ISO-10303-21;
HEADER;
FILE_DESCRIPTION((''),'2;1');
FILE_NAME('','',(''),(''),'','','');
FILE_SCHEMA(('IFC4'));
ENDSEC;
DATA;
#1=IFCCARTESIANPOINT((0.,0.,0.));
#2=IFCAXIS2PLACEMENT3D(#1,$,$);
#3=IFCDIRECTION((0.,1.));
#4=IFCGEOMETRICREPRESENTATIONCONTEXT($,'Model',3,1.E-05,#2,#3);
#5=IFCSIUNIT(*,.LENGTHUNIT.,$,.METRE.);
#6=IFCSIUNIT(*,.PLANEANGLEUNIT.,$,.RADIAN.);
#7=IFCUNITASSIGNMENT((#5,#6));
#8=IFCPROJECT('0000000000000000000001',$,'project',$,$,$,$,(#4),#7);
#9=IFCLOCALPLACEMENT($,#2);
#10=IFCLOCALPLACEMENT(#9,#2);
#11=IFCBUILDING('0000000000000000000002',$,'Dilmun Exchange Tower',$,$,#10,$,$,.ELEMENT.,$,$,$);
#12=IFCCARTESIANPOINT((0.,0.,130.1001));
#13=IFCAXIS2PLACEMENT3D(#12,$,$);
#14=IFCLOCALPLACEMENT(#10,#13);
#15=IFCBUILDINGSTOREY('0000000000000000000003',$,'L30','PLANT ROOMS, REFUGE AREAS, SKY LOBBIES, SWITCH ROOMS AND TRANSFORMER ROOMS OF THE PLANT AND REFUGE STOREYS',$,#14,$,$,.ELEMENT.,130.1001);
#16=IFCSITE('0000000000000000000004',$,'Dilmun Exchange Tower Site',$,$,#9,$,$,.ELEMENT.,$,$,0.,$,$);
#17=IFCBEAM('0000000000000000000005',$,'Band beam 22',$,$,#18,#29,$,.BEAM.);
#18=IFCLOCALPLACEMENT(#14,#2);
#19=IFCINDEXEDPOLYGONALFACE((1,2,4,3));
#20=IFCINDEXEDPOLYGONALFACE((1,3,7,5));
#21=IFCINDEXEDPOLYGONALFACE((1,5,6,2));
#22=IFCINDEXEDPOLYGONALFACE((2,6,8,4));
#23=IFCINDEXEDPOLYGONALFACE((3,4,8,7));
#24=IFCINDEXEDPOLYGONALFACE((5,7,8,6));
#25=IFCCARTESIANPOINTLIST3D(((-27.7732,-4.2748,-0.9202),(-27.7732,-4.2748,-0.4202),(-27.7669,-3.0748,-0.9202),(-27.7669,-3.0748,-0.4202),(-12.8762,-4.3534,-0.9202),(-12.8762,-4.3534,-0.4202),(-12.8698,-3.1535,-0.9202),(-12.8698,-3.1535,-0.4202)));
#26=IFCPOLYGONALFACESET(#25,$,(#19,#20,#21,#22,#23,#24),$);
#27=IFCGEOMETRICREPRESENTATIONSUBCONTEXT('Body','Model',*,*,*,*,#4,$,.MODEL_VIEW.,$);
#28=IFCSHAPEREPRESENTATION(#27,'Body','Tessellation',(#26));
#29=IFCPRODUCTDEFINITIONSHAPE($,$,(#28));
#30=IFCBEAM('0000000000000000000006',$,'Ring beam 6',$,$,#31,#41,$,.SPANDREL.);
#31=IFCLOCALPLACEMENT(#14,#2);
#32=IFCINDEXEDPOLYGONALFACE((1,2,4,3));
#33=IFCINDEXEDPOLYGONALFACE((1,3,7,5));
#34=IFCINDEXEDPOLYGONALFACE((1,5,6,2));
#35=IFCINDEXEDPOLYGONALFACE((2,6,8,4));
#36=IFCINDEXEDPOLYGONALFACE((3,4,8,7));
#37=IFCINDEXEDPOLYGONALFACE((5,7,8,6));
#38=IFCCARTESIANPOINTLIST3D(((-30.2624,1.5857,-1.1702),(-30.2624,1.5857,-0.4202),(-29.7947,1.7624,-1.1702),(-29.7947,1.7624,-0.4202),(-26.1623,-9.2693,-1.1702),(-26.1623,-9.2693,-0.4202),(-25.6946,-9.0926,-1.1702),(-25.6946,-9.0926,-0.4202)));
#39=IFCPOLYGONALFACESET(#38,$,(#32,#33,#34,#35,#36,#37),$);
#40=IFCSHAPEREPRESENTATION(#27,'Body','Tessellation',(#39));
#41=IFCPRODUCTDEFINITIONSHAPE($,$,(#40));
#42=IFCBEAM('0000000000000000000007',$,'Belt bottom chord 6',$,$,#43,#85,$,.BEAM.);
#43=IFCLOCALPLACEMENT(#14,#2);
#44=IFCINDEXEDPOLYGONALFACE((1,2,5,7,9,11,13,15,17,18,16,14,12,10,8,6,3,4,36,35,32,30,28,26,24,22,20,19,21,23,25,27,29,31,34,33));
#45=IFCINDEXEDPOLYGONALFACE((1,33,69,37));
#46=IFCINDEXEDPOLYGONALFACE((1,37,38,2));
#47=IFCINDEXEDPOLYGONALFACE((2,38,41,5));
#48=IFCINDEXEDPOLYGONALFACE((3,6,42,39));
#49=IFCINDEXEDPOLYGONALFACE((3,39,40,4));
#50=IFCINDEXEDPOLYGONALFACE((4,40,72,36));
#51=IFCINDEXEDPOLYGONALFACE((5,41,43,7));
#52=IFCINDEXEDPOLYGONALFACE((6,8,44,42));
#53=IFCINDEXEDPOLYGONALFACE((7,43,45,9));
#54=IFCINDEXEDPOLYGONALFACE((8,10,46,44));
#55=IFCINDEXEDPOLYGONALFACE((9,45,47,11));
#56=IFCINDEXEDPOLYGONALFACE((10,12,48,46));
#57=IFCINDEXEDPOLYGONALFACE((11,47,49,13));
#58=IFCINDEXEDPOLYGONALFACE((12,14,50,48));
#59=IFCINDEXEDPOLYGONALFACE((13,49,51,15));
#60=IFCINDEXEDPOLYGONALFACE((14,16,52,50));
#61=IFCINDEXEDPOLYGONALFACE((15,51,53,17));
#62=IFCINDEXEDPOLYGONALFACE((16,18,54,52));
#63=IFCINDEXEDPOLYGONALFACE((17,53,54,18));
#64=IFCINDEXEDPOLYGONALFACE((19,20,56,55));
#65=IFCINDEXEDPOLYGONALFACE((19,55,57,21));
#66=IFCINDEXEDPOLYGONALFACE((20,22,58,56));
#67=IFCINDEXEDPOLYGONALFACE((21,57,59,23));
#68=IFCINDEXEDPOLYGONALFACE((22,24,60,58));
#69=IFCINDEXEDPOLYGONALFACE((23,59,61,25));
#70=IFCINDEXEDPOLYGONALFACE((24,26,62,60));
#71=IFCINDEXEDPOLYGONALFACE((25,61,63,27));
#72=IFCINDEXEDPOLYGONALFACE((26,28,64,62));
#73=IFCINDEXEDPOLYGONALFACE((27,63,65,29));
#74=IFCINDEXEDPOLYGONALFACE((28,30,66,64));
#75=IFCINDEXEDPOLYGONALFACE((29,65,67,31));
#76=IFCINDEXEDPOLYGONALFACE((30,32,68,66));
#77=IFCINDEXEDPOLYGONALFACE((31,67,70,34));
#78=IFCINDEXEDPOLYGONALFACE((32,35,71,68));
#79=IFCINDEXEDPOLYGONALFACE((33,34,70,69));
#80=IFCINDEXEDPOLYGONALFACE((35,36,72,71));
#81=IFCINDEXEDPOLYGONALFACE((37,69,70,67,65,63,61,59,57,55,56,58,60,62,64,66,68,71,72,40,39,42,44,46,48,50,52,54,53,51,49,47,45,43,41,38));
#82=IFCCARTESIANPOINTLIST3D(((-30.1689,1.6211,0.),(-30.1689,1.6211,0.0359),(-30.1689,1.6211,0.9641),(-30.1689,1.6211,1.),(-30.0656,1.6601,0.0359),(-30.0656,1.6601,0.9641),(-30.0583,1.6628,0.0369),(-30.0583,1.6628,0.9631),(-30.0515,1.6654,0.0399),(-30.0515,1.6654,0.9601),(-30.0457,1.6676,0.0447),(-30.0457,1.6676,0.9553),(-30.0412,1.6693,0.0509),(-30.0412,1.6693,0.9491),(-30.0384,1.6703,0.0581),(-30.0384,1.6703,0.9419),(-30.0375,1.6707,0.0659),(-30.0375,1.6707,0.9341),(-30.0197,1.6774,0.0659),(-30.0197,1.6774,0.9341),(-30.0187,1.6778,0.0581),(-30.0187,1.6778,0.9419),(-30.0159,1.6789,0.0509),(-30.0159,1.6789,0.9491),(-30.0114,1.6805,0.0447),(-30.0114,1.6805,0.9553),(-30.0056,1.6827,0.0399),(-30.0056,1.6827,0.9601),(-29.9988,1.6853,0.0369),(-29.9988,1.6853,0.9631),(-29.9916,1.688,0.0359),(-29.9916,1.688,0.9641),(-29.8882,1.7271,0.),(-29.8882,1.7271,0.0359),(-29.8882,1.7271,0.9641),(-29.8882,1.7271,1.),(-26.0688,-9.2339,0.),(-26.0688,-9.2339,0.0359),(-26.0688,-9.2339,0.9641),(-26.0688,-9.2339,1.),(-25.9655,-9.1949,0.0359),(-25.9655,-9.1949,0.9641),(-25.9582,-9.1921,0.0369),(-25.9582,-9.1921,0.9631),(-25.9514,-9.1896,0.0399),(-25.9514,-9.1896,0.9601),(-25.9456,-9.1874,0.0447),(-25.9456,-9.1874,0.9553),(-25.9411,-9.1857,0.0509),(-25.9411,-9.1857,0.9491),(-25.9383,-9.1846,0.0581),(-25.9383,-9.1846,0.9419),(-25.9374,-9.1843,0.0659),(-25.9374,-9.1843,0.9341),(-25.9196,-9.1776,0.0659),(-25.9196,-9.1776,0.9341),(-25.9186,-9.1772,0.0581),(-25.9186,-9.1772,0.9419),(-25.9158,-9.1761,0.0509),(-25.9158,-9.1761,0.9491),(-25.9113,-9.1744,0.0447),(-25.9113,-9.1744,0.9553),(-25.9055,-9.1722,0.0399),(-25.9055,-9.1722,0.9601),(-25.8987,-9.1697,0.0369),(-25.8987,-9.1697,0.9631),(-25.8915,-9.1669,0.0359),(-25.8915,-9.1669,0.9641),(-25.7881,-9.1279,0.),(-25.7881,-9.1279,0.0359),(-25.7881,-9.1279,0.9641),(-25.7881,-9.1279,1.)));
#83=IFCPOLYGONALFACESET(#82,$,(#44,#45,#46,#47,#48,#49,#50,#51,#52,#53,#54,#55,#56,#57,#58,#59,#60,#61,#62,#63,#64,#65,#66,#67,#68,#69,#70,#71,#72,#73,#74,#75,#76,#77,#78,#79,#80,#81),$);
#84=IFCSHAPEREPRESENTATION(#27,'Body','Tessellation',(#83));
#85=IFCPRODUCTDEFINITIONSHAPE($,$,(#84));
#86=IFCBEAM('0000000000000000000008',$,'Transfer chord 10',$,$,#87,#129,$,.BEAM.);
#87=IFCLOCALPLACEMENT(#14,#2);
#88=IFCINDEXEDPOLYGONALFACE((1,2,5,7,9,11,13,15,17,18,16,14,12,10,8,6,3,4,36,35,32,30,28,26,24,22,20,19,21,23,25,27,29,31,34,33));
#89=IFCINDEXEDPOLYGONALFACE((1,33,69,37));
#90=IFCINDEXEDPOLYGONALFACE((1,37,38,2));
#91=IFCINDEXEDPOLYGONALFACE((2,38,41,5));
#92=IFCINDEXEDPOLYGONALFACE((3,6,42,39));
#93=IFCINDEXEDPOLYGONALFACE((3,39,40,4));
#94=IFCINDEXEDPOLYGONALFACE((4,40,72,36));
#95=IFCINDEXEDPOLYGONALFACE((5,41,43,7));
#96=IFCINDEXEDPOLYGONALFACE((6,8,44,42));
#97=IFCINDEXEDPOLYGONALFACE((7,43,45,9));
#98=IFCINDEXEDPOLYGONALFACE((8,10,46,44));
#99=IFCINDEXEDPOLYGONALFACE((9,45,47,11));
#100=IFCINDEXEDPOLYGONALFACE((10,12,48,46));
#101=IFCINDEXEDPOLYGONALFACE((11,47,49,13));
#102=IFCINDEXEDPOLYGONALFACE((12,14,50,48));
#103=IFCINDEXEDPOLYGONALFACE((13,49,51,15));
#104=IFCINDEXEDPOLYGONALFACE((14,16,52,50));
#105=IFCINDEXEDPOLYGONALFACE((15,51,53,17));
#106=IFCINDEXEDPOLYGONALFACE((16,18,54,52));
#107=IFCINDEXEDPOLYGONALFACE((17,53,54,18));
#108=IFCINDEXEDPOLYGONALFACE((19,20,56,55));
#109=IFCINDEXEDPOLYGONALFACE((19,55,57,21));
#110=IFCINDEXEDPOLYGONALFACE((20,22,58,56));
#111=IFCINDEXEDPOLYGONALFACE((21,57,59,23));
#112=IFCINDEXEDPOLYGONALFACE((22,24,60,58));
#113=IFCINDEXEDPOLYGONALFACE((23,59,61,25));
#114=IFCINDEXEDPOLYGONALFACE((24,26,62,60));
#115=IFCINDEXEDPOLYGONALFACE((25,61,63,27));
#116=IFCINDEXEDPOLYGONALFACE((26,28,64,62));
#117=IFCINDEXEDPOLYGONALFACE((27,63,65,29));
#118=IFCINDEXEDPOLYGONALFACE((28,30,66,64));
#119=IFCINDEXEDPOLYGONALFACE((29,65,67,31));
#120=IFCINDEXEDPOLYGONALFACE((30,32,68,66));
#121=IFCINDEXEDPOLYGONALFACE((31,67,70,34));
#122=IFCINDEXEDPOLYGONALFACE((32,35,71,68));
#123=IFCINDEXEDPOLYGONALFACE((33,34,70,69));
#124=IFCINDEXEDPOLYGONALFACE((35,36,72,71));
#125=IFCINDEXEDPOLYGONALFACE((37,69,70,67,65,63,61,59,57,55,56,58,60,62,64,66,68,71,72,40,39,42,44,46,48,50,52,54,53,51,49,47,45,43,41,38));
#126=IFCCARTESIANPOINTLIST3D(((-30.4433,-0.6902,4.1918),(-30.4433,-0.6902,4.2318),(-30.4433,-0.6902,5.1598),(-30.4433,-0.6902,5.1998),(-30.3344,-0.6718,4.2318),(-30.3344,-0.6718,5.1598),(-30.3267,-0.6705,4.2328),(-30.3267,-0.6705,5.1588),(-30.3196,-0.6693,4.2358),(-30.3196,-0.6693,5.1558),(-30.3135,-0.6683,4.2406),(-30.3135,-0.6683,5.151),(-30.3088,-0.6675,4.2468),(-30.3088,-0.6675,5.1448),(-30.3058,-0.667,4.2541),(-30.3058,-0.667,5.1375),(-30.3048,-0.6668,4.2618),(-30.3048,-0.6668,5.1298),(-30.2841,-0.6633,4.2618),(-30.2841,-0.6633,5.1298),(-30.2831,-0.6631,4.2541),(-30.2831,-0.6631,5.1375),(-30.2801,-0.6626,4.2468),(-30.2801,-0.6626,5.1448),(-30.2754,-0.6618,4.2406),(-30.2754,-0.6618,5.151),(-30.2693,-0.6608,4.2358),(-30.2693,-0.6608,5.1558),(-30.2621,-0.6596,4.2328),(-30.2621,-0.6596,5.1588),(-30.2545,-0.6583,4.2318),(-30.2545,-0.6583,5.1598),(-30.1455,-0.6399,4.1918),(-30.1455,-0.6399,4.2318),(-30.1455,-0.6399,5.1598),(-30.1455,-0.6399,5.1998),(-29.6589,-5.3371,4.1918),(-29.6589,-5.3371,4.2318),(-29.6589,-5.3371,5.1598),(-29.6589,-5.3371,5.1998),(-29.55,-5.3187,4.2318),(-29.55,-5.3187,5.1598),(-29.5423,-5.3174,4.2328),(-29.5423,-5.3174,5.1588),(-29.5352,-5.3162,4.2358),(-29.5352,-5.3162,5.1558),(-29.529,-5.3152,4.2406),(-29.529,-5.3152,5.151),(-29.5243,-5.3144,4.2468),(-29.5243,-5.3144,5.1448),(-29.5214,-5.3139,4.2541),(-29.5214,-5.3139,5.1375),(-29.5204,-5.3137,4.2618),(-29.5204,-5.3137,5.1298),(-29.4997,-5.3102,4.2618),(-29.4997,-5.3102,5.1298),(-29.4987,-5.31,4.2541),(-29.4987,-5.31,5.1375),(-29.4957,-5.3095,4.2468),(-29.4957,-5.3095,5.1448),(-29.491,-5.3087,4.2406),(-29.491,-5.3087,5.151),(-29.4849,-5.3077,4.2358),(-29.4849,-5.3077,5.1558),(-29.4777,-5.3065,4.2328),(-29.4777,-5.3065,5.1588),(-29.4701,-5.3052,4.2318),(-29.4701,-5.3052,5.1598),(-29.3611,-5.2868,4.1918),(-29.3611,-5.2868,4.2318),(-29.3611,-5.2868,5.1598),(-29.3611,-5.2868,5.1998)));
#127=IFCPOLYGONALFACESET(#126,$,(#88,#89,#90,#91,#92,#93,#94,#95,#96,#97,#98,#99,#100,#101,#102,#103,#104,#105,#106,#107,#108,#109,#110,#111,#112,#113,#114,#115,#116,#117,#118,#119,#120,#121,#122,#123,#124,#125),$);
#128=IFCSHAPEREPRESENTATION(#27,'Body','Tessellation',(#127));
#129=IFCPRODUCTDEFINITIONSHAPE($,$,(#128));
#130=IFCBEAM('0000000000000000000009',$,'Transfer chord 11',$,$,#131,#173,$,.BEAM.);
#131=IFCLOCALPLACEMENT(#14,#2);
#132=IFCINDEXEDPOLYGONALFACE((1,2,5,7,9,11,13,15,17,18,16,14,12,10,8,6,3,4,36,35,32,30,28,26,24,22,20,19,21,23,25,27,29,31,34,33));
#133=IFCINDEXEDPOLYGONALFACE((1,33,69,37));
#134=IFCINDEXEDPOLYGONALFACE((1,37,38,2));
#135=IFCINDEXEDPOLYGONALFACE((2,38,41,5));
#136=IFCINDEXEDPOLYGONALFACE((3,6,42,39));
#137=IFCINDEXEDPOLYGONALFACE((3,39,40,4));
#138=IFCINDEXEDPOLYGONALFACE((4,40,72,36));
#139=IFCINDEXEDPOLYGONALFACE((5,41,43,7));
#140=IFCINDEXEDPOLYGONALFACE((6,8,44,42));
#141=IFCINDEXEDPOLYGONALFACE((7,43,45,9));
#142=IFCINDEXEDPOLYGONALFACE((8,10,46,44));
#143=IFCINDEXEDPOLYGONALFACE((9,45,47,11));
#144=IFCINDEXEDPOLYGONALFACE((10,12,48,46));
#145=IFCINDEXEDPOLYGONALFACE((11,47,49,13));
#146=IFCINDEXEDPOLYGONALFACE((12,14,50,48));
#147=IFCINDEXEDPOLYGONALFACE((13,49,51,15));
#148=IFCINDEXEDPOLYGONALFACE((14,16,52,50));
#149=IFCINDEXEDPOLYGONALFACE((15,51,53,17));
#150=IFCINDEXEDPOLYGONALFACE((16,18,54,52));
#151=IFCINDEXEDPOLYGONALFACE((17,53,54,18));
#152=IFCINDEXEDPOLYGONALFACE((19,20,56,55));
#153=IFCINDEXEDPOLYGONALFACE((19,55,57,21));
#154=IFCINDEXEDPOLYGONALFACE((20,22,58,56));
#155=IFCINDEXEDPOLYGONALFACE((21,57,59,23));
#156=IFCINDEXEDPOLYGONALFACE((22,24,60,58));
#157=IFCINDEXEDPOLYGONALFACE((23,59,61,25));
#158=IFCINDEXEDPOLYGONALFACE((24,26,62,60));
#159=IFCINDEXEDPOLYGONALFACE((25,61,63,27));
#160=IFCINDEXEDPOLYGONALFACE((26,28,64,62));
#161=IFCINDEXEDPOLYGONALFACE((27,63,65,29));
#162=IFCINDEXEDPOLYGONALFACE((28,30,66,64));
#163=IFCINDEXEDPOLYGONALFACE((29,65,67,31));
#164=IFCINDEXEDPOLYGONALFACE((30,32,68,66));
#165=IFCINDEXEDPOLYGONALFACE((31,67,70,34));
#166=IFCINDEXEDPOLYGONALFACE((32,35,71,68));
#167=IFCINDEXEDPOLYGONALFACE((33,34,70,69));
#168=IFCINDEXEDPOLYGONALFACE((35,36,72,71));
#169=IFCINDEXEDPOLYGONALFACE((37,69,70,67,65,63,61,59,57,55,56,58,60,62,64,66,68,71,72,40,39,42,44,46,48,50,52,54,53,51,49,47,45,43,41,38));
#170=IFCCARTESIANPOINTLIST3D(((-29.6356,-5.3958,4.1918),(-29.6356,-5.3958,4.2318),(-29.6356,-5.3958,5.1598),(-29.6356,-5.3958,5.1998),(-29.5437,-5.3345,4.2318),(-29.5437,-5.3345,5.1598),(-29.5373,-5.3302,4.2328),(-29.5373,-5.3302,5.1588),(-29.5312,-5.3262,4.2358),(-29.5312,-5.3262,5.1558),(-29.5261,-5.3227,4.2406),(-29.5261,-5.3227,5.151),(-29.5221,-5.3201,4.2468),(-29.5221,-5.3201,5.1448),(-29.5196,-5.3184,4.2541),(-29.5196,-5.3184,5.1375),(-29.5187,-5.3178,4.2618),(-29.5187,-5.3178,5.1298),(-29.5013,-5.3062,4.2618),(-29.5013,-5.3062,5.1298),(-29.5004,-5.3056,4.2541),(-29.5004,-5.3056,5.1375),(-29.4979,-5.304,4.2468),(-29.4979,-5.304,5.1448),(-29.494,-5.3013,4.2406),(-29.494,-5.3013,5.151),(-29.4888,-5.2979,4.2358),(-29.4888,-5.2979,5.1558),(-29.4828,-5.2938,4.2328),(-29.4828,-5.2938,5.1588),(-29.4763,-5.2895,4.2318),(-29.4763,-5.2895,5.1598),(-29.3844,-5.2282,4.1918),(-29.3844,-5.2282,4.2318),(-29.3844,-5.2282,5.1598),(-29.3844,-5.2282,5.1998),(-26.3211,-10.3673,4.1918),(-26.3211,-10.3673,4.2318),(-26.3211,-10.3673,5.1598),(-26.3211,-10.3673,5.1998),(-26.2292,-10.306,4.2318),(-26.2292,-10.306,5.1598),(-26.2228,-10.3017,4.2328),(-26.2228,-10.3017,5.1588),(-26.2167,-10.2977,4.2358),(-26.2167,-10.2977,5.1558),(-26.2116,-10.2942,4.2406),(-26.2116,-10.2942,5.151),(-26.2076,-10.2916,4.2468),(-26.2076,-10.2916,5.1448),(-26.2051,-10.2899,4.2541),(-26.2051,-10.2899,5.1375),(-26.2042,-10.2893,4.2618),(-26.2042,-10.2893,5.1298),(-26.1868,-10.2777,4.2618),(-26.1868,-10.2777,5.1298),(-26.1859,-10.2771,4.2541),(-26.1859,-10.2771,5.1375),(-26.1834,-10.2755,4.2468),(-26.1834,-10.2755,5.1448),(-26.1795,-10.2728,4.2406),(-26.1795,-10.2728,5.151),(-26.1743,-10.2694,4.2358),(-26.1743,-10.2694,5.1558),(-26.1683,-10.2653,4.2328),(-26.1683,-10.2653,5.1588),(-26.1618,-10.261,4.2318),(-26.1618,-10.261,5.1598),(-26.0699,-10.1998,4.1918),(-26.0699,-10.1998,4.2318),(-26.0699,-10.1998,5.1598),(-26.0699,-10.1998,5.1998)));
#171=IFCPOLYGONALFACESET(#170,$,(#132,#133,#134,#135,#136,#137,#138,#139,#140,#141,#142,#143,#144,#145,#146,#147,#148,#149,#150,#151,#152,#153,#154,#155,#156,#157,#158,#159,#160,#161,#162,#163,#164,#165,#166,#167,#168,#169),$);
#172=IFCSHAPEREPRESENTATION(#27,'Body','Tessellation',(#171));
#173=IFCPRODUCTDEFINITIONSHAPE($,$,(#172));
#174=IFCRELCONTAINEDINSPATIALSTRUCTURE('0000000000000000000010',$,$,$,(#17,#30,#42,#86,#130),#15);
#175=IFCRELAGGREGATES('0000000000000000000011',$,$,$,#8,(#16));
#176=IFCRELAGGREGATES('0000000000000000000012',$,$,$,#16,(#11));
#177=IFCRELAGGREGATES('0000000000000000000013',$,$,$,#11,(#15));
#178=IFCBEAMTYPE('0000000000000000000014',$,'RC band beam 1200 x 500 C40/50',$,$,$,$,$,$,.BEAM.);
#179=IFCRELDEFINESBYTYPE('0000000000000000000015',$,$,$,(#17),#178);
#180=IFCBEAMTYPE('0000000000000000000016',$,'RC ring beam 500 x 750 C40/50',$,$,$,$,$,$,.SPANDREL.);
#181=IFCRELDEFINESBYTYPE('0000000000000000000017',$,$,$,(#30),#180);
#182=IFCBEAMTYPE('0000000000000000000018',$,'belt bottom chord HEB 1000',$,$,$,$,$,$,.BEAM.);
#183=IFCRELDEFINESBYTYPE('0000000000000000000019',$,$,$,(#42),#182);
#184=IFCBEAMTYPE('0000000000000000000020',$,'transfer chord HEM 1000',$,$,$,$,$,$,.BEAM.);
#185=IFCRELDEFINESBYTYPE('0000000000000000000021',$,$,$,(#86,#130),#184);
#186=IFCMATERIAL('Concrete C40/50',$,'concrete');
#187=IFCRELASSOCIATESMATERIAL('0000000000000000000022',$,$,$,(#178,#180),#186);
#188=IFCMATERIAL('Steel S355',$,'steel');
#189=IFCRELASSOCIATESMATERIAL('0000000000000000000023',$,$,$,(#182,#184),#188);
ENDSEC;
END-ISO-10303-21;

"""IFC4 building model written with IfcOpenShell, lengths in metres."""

from ifc_helpers import new_model, si_unit, direction, frame, origin, origin_2d, place, context, subcontext, project, spatial, rectangle, i_section, extrude, material, material_profile, profile_set, type_object, element, save


model = new_model("IFC4")

# Units and contexts
model_context = context("Model", 3, precision=1e-05, world=origin(), true_north=direction((0.0, 1.0)))
body_context = subcontext(model_context, "Body", "Model", "MODEL_VIEW")
ifc_project = project(units=[si_unit("LENGTHUNIT", "METRE"), si_unit("PLANEANGLEUNIT", "RADIAN")], contexts=[model_context])

# Site, building, storey
site_placement = place(None, origin())
site = spatial("IfcSite", under=ifc_project, at=site_placement, Name="Dilmun Exchange Tower Site", CompositionType="ELEMENT", RefElevation=0.0)
building_placement = place(site_placement, origin())
building = spatial("IfcBuilding", under=site, at=building_placement, Name="Dilmun Exchange Tower", CompositionType="ELEMENT")
storey_placement = place(building_placement, frame((0.0, 0.0, 130.1001)))
storey = spatial("IfcBuildingStorey", under=building, at=storey_placement, Name="L30", Description="PLANT ROOMS, REFUGE AREAS, SKY LOBBIES, SWITCH ROOMS AND TRANSFORMER ROOMS OF THE PLANT AND REFUGE STOREYS", CompositionType="ELEMENT", Elevation=130.1001)

# Beams
ifc_material_1 = material(Name="Concrete C40/50", Category="concrete")
ifc_material_profile_1 = material_profile(ifc_material_1, rectangle(XDim=1.2, YDim=0.5, at=origin_2d()), Name="1200 x 500")
ifc_profile_set_1 = profile_set([ifc_material_profile_1], Name="Concrete C40/50")
beam_type_1 = type_object("IfcBeamType", Name="RC band beam 1200 x 500 C40/50", PredefinedType="BEAM", material=ifc_profile_set_1)
beam_1_placement = place(storey_placement, frame((-27.77, -3.6748, -0.6702), z_axis=(0.999986, -0.005277, 0.0), x_axis=(0.005277, 0.999986, 0.0)))
element("IfcBeam", 1, at=beam_1_placement, inside=storey, type_object=beam_type_1, Name="Band beam 22", PredefinedType="BEAM", context=body_context, shape_type="SweptSolid", body=[
    extrude(rectangle(XDim=1.2, YDim=0.5, at=origin_2d()), origin(), (0.0, 0.0, 1.0), 14.8972),
])
ifc_material_profile_2 = material_profile(ifc_material_1, rectangle(XDim=0.5, YDim=0.75, at=origin_2d()), Name="500 x 750")
ifc_profile_set_2 = profile_set([ifc_material_profile_2], Name="Concrete C40/50")
beam_type_2 = type_object("IfcBeamType", Name="RC ring beam 500 x 750 C40/50", PredefinedType="SPANDREL", material=ifc_profile_set_2)
beam_2_placement = place(storey_placement, frame((-30.0286, 1.6741, -0.7952), z_axis=(0.35335, -0.935491, 0.0), x_axis=(0.935491, 0.35335, 0.0)))
element("IfcBeam", 2, at=beam_2_placement, inside=storey, type_object=beam_type_2, Name="Ring beam 6", PredefinedType="SPANDREL", context=body_context, shape_type="SweptSolid", body=[
    extrude(rectangle(XDim=0.5, YDim=0.75, at=origin_2d()), origin(), (0.0, 0.0, 1.0), 11.6035),
])
ifc_material_2 = material(Name="Steel S355", Category="steel")
ifc_material_profile_3 = material_profile(ifc_material_2, i_section(OverallWidth=0.3, OverallDepth=1.0, WebThickness=0.019, FlangeThickness=0.0359, FilletRadius=0.03, at=origin_2d()), Name="HEB 1000")
ifc_profile_set_3 = profile_set([ifc_material_profile_3], Name="Steel S355")
beam_type_3 = type_object("IfcBeamType", Name="belt bottom chord HEB 1000", PredefinedType="BEAM", material=ifc_profile_set_3)
beam_3_placement = place(storey_placement, frame((-30.0286, 1.6741, 0.5), z_axis=(0.35335, -0.935491, 0.0), x_axis=(0.935491, 0.35335, 0.0)))
element("IfcBeam", 3, at=beam_3_placement, inside=storey, type_object=beam_type_3, Name="Belt bottom chord 6", PredefinedType="BEAM", context=body_context, shape_type="SweptSolid", body=[
    extrude(i_section(OverallWidth=0.3, OverallDepth=1.0, WebThickness=0.019, FlangeThickness=0.0359, FilletRadius=0.03, at=origin_2d()), origin(), (0.0, 0.0, 1.0), 11.6035),
])
ifc_material_profile_4 = material_profile(ifc_material_2, i_section(OverallWidth=0.302, OverallDepth=1.0081, WebThickness=0.021, FlangeThickness=0.04, FilletRadius=0.03, at=origin_2d()), Name="HEM 1000")
ifc_profile_set_4 = profile_set([ifc_material_profile_4], Name="Steel S355")
beam_type_4 = type_object("IfcBeamType", Name="transfer chord HEM 1000", PredefinedType="BEAM", material=ifc_profile_set_4)
beam_4_placement = place(storey_placement, frame((-30.2944, -0.665, 4.6958), z_axis=(0.166448, -0.98605, 0.0), x_axis=(0.98605, 0.166448, 0.0)))
element("IfcBeam", 4, at=beam_4_placement, inside=storey, type_object=beam_type_4, Name="Transfer chord 10", PredefinedType="BEAM", context=body_context, shape_type="SweptSolid", body=[
    extrude(i_section(OverallWidth=0.302, OverallDepth=1.0081, WebThickness=0.021, FlangeThickness=0.04, FilletRadius=0.03, at=origin_2d()), origin(), (0.0, 0.0, 1.0), 4.7126),
])
beam_5_placement = place(storey_placement, frame((-29.51, -5.312, 4.6958), z_axis=(0.554719, -0.832038, 0.0), x_axis=(0.832038, 0.554719, 0.0)))
element("IfcBeam", 5, at=beam_5_placement, inside=storey, type_object=beam_type_4, Name="Transfer chord 11", PredefinedType="BEAM", context=body_context, shape_type="SweptSolid", body=[
    extrude(i_section(OverallWidth=0.302, OverallDepth=1.0081, WebThickness=0.021, FlangeThickness=0.04, FilletRadius=0.03, at=origin_2d()), origin(), (0.0, 0.0, 1.0), 5.9751),
])

save(model, "model.ifc")
